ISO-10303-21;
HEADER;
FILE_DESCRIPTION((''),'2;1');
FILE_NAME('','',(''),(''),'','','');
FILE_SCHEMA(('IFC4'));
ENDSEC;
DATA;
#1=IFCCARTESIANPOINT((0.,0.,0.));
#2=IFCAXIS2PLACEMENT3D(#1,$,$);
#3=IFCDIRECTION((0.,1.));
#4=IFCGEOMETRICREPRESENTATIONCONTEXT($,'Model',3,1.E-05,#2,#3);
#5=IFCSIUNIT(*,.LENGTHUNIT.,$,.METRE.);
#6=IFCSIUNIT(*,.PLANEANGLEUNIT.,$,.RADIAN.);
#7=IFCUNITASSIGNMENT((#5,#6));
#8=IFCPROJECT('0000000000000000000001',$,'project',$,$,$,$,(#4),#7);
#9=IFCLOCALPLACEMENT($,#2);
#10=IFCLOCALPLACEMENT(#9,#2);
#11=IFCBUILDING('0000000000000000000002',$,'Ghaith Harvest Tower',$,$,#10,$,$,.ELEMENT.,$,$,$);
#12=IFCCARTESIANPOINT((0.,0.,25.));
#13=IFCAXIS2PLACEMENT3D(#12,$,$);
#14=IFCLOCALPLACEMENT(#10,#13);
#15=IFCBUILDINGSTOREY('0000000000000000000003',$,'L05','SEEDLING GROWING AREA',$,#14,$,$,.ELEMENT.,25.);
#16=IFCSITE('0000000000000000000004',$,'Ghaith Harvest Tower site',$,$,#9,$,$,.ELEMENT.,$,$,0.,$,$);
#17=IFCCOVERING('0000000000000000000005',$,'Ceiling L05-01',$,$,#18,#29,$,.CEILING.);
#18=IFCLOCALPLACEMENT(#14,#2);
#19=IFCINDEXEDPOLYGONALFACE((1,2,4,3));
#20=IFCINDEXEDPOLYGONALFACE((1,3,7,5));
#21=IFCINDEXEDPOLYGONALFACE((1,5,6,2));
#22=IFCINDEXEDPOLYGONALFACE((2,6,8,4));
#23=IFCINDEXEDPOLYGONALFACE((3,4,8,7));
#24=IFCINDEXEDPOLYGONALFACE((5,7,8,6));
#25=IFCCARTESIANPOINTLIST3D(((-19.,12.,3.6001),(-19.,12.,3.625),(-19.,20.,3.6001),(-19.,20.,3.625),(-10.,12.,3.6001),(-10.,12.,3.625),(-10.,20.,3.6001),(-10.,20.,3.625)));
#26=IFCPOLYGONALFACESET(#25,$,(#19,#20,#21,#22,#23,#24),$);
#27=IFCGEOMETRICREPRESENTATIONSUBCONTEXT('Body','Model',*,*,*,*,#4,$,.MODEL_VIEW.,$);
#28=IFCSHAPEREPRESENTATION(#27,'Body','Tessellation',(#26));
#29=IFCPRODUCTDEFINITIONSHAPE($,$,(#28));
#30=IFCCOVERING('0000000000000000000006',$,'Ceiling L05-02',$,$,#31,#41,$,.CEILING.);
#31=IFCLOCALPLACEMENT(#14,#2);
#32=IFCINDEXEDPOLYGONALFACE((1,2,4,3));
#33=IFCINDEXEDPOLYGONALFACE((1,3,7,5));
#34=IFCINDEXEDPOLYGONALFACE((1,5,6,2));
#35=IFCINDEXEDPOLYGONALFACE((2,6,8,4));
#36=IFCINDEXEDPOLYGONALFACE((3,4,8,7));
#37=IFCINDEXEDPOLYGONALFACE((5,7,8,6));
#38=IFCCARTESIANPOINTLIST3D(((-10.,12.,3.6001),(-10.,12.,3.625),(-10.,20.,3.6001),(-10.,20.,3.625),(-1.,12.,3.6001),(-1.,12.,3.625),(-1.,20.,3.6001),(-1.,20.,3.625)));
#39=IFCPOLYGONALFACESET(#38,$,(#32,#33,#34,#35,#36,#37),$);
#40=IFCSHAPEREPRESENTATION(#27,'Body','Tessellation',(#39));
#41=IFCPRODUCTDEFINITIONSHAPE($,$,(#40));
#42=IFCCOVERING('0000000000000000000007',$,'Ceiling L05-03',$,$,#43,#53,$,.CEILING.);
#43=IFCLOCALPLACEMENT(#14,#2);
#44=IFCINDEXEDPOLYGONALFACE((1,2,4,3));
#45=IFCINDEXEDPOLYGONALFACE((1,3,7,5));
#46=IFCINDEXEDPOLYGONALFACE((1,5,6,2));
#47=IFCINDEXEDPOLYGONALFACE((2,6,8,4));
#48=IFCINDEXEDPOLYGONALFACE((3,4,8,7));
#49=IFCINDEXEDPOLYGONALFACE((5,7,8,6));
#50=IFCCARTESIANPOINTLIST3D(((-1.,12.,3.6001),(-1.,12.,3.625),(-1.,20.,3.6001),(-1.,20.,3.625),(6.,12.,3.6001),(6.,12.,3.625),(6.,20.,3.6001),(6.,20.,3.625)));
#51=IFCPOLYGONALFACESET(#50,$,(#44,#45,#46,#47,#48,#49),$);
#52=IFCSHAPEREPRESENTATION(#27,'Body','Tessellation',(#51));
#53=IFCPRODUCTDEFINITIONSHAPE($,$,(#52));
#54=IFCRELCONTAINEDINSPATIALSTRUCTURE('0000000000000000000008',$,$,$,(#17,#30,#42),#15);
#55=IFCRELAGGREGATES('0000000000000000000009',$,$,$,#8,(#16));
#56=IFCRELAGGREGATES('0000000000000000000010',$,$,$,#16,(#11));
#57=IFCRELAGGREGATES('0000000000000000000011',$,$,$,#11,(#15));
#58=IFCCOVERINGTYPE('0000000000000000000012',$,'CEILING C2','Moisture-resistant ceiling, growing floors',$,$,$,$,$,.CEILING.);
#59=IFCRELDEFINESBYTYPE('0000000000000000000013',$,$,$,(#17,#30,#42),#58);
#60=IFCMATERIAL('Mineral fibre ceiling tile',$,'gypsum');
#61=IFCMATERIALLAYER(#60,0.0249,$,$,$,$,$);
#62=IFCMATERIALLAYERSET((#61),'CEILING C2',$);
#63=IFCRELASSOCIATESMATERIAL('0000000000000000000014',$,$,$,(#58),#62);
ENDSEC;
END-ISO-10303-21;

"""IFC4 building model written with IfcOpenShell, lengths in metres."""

from ifc_helpers import new_model, si_unit, direction, frame, origin, place, context, subcontext, project, spatial, polyline, outline, extrude, material, layer, layer_set, type_object, element, save


model = new_model("IFC4")

# Units and contexts
model_context = context("Model", 3, precision=1e-05, world=origin(), true_north=direction((0.0, 1.0)))
body_context = subcontext(model_context, "Body", "Model", "MODEL_VIEW")
ifc_project = project(units=[si_unit("LENGTHUNIT", "METRE"), si_unit("PLANEANGLEUNIT", "RADIAN")], contexts=[model_context])

# Site, building, storey
site_placement = place(None, origin())
site = spatial("IfcSite", under=ifc_project, at=site_placement, Name="Ghaith Harvest Tower site", CompositionType="ELEMENT", RefElevation=0.0)
building_placement = place(site_placement, origin())
building = spatial("IfcBuilding", under=site, at=building_placement, Name="Ghaith Harvest Tower", CompositionType="ELEMENT")
storey_placement = place(building_placement, frame((0.0, 0.0, 25.0)))
storey = spatial("IfcBuildingStorey", under=building, at=storey_placement, Name="L05", Description="SEEDLING GROWING AREA", CompositionType="ELEMENT", Elevation=25.0)

# Coverings
ifc_material_1 = material(Name="Mineral fibre ceiling tile", Category="gypsum")
ifc_layer_1 = layer(ifc_material_1, 0.0249)
ifc_layer_set_1 = layer_set([ifc_layer_1], Name="CEILING C2")
covering_type = type_object("IfcCoveringType", Name="CEILING C2", Description="Moisture-resistant ceiling, growing floors", PredefinedType="CEILING", material=ifc_layer_set_1)
covering_1_placement = place(storey_placement, frame((0.0, 0.0, 3.6001)))
element("IfcCovering", 1, at=covering_1_placement, inside=storey, type_object=covering_type, Name="Ceiling L05-01", PredefinedType="CEILING", context=body_context, shape_type="SweptSolid", body=[
    extrude(outline(polyline([(-19.0, 12.0), (-10.0, 12.0), (-10.0, 20.0), (-19.0, 20.0), (-19.0, 12.0)])), origin(), (0.0, 0.0, 1.0), 0.0249),
])
covering_2_placement = place(storey_placement, frame((0.0, 0.0, 3.6001)))
element("IfcCovering", 2, at=covering_2_placement, inside=storey, type_object=covering_type, Name="Ceiling L05-02", PredefinedType="CEILING", context=body_context, shape_type="SweptSolid", body=[
    extrude(outline(polyline([(-10.0, 12.0), (-1.0, 12.0), (-1.0, 20.0), (-10.0, 20.0), (-10.0, 12.0)])), origin(), (0.0, 0.0, 1.0), 0.0249),
])
covering_3_placement = place(storey_placement, frame((0.0, 0.0, 3.6001)))
element("IfcCovering", 3, at=covering_3_placement, inside=storey, type_object=covering_type, Name="Ceiling L05-03", PredefinedType="CEILING", context=body_context, shape_type="SweptSolid", body=[
    extrude(outline(polyline([(-1.0, 12.0), (6.0, 12.0), (6.0, 20.0), (-1.0, 20.0), (-1.0, 12.0)])), origin(), (0.0, 0.0, 1.0), 0.0249),
])

save(model, "model.ifc")
